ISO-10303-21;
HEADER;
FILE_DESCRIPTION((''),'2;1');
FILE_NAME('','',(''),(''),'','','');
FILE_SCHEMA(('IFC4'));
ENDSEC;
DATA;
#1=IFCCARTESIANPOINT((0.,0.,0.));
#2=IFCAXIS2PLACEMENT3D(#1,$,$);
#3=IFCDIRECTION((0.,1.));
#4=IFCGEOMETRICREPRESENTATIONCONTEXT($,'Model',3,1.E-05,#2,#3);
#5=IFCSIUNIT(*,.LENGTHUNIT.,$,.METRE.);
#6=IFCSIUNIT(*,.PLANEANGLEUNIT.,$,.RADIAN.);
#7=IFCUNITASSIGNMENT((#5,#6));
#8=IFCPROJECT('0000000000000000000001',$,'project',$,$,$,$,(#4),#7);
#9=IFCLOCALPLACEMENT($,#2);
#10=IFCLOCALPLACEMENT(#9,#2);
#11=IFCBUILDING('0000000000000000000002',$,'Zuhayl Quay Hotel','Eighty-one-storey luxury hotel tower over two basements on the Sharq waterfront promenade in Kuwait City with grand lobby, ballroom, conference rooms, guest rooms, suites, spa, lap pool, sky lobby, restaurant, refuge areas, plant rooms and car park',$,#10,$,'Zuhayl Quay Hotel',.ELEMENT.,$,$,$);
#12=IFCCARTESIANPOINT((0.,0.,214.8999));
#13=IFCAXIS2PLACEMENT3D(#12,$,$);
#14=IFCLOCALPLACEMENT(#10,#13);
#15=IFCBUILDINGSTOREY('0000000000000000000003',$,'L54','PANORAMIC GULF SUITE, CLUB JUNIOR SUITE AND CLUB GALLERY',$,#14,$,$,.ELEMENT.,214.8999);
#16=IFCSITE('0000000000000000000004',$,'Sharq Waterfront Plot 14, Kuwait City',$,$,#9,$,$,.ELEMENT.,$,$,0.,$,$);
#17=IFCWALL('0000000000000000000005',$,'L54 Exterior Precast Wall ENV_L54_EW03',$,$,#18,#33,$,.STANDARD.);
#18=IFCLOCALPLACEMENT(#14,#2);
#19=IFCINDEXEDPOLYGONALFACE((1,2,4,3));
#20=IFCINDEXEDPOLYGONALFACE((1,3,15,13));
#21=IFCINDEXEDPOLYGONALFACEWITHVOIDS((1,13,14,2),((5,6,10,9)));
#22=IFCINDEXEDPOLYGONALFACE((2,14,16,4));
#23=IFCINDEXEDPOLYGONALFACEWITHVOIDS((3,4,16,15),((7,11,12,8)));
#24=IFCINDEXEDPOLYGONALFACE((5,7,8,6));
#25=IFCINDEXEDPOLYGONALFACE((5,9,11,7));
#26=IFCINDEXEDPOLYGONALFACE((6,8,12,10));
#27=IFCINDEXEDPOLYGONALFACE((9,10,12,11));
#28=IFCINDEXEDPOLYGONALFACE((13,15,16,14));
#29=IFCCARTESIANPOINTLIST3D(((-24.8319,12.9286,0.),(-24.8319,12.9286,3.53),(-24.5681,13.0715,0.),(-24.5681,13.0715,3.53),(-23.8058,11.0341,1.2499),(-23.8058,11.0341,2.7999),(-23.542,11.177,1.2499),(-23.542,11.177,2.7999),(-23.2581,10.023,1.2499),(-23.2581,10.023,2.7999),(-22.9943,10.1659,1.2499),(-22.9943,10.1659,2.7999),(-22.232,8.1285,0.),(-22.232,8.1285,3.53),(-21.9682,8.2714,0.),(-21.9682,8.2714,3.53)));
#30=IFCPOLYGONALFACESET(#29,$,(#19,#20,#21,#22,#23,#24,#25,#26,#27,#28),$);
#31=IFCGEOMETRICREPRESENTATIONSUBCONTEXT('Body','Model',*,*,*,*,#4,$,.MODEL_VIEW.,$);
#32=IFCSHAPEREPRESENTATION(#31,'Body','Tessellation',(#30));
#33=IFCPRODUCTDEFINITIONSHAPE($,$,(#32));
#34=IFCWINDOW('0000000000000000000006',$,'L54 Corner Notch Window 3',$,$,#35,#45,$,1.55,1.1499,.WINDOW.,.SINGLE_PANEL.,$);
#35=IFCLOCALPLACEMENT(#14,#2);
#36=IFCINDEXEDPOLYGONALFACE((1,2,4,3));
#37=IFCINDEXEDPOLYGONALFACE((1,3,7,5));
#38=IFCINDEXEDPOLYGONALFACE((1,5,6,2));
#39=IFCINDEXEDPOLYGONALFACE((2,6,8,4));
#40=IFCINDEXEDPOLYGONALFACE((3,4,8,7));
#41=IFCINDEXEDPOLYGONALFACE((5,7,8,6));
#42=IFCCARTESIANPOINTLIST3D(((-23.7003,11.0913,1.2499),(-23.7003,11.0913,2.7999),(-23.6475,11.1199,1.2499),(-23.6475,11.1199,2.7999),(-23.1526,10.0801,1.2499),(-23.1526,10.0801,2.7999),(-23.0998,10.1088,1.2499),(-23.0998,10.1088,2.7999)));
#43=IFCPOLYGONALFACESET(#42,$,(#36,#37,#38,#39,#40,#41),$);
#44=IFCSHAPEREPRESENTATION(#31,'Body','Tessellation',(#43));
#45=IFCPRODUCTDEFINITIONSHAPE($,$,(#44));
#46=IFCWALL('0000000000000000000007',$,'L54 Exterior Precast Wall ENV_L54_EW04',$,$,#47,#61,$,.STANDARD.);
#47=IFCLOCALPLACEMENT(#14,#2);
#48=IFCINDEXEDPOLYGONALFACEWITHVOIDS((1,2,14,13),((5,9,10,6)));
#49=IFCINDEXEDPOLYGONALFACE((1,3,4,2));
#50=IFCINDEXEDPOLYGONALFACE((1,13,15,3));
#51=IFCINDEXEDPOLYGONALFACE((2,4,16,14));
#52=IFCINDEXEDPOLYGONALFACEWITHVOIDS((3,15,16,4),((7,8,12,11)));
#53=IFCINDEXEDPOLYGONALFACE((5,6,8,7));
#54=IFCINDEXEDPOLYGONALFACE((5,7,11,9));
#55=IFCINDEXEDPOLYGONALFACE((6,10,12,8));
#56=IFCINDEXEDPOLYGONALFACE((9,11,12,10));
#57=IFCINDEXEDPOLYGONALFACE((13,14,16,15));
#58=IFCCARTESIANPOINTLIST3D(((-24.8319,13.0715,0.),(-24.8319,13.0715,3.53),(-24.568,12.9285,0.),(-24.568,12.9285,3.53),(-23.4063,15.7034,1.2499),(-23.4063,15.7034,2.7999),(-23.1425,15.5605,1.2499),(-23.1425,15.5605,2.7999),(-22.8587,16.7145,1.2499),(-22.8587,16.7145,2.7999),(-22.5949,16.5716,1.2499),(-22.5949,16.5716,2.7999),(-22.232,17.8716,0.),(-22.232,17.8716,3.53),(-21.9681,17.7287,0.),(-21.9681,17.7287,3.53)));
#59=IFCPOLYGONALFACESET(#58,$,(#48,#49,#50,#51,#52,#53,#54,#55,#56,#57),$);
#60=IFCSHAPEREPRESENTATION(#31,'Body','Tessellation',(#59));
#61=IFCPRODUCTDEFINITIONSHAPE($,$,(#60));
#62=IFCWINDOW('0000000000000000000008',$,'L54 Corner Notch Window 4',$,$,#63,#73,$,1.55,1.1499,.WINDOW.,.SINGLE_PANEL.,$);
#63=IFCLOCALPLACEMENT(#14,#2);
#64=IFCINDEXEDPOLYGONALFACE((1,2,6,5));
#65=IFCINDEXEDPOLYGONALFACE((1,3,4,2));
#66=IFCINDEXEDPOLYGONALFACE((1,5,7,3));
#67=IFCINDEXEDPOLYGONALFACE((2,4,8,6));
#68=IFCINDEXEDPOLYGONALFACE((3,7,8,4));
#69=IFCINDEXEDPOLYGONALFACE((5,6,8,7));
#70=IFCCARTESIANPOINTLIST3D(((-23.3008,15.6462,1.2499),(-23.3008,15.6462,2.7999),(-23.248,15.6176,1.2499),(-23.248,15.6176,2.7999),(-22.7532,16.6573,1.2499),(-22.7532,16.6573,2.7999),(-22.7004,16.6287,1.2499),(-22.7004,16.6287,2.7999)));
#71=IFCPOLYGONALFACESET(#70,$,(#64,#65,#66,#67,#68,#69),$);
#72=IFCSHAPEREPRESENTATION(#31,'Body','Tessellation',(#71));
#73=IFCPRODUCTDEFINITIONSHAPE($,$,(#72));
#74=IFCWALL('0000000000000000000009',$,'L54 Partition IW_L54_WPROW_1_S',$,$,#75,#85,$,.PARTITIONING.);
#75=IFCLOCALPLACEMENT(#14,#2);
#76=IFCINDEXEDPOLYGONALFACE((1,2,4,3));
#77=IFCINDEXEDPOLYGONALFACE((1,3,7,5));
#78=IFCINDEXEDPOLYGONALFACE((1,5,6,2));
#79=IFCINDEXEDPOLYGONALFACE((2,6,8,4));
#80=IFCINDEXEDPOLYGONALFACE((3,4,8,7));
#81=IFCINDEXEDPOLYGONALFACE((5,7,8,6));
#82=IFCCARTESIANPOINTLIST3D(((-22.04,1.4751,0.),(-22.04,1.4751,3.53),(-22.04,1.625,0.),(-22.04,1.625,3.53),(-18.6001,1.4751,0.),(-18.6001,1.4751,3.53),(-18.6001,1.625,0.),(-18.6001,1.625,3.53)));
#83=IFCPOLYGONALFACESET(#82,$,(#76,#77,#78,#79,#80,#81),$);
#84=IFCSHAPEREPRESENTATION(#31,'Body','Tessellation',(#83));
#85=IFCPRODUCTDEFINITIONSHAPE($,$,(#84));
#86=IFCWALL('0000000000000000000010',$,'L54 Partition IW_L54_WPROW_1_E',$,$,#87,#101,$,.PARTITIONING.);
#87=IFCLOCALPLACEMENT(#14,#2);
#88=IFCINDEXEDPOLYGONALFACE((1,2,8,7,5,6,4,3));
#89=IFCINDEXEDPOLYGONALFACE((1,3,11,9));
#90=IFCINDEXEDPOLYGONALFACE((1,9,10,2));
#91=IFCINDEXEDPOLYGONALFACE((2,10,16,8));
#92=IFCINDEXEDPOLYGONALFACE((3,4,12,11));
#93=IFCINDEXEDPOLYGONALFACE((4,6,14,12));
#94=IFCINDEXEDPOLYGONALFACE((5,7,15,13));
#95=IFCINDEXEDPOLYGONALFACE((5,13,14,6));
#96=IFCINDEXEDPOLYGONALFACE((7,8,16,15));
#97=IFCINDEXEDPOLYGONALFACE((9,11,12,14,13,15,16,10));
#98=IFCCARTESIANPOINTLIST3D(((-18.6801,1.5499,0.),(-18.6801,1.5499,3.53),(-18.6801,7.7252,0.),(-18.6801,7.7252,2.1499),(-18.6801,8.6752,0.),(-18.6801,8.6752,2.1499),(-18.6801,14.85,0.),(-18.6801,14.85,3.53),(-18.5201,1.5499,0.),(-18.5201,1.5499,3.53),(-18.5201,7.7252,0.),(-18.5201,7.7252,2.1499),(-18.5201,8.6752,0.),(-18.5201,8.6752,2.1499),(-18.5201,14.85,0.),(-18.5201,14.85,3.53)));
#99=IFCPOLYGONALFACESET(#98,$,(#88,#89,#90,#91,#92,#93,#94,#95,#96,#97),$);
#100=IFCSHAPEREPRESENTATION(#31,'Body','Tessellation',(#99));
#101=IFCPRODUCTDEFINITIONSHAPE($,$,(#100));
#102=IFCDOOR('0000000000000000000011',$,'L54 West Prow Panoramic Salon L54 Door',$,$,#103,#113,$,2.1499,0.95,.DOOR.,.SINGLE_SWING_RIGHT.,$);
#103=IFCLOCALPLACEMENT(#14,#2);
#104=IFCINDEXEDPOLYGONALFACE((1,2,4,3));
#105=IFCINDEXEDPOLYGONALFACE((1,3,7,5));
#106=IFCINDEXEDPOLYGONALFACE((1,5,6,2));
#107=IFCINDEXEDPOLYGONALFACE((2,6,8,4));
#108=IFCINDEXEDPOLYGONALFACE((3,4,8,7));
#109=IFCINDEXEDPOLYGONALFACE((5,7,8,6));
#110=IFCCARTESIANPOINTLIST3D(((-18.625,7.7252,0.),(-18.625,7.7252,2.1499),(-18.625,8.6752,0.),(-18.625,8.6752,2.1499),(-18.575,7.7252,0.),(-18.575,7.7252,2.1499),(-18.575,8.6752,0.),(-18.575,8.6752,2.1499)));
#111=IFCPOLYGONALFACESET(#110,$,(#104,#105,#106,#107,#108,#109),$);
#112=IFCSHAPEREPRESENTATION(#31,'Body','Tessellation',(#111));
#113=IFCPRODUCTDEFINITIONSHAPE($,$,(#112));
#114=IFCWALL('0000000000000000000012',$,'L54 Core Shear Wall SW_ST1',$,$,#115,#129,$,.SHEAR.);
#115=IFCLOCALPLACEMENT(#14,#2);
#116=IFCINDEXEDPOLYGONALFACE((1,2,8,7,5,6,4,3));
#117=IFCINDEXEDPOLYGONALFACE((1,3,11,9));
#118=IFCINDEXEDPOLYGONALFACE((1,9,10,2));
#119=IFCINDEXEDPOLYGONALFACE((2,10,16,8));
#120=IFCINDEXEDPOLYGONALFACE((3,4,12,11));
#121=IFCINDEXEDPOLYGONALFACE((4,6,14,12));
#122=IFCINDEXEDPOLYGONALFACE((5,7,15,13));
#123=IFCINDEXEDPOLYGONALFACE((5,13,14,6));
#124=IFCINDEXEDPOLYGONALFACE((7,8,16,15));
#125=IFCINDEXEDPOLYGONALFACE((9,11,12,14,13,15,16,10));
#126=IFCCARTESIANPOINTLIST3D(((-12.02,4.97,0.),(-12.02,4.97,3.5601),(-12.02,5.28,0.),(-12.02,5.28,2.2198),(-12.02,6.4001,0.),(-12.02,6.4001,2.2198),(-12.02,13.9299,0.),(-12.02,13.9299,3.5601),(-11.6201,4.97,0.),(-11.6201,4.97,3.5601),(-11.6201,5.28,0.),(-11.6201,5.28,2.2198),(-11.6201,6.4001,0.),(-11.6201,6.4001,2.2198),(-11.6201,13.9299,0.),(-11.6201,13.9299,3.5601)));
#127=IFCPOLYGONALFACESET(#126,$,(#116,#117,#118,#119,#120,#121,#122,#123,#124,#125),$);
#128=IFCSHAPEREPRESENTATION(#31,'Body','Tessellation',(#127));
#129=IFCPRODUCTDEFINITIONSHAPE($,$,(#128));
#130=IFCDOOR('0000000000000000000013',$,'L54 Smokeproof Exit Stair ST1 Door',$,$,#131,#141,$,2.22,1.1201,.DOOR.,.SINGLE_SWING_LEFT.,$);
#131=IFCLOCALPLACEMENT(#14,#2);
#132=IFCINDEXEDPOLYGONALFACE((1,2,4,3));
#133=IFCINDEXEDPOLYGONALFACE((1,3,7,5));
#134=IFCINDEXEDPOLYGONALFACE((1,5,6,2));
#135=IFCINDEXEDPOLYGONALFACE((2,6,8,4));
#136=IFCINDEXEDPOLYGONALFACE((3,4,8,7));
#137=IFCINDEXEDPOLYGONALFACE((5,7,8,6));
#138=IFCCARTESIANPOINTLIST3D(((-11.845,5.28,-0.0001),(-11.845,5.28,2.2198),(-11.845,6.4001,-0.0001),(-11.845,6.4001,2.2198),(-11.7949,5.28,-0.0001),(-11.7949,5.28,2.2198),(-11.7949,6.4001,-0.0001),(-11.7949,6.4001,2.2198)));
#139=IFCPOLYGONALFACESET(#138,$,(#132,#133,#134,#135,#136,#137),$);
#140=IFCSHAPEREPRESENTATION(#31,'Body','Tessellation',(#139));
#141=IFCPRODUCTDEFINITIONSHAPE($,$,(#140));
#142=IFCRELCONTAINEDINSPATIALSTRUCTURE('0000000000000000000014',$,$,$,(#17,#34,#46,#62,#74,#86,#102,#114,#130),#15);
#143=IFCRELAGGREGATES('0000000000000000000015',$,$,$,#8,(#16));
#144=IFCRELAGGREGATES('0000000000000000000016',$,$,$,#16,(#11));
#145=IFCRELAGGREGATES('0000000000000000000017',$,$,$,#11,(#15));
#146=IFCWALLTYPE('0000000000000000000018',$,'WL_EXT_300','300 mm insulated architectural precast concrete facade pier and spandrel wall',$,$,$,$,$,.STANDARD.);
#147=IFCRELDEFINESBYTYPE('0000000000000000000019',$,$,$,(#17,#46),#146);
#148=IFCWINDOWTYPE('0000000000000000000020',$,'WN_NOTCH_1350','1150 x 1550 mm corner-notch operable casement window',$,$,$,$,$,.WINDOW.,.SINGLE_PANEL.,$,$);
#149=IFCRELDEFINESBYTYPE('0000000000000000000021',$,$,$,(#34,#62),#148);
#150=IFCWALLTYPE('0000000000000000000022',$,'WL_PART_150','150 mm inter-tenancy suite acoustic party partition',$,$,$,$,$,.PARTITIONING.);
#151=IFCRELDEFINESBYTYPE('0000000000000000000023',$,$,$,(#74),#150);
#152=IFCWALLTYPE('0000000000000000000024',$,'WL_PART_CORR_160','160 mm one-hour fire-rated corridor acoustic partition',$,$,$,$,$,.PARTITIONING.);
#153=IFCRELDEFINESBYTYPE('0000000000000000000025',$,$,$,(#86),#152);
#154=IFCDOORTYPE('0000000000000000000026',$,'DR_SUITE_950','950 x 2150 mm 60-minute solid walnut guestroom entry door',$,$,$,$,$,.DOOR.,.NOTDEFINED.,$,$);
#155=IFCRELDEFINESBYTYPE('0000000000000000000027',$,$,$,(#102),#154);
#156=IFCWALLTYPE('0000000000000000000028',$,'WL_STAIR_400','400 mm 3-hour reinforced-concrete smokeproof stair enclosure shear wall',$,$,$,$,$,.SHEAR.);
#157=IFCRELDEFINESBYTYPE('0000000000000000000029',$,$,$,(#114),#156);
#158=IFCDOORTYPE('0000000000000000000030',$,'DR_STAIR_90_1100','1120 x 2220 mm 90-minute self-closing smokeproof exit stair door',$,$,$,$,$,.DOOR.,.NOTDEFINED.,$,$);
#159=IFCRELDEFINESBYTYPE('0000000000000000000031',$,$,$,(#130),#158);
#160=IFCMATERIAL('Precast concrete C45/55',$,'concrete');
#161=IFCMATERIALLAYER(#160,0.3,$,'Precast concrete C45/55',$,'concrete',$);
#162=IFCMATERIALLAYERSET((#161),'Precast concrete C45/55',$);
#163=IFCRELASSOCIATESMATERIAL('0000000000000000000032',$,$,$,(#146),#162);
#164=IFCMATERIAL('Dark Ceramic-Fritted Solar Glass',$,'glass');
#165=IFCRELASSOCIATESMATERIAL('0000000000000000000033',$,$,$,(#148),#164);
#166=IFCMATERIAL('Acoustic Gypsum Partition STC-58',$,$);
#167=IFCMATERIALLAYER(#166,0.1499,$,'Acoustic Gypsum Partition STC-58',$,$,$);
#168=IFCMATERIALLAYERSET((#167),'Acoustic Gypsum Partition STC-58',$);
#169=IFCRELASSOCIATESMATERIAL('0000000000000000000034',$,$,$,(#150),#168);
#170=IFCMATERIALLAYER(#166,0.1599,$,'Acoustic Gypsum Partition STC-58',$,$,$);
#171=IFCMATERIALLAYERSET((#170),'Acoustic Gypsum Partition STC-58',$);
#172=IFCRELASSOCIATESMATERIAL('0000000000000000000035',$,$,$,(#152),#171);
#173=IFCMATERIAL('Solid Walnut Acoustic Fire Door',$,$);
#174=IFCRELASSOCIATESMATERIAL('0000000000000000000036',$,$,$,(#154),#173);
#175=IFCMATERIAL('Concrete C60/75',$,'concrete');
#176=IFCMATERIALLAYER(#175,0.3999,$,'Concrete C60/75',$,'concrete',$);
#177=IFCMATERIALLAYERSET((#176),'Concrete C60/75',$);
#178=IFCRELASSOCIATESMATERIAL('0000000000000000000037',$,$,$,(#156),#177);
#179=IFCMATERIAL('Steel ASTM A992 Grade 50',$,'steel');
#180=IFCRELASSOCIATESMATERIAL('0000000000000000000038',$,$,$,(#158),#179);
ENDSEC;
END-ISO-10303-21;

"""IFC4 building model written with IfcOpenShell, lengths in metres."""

from ifc_helpers import new_model, si_unit, direction, frame, frame_2d, origin, place, context, subcontext, project, spatial, rectangle, extrude, material, layer, layer_set, type_object, element, fill, save


model = new_model("IFC4")

# Units and contexts
model_context = context("Model", 3, precision=1e-05, world=origin(), true_north=direction((0.0, 1.0)))
body_context = subcontext(model_context, "Body", "Model", "MODEL_VIEW")
ifc_project = project(units=[si_unit("LENGTHUNIT", "METRE"), si_unit("PLANEANGLEUNIT", "RADIAN")], contexts=[model_context])

# Site, building, storey
site_placement = place(None, origin())
site = spatial("IfcSite", under=ifc_project, at=site_placement, Name="Sharq Waterfront Plot 14, Kuwait City", CompositionType="ELEMENT", RefElevation=0.0)
building_placement = place(site_placement, origin())
building = spatial("IfcBuilding", under=site, at=building_placement, Name="Zuhayl Quay Hotel", Description="Eighty-one-storey luxury hotel tower over two basements on the Sharq waterfront promenade in Kuwait City with grand lobby, ballroom, conference rooms, guest rooms, suites, spa, lap pool, sky lobby, restaurant, refuge areas, plant rooms and car park", LongName="Zuhayl Quay Hotel", CompositionType="ELEMENT")
storey_placement = place(building_placement, frame((0.0, 0.0, 214.8999)))
storey = spatial("IfcBuildingStorey", under=building, at=storey_placement, Name="L54", Description="PANORAMIC GULF SUITE, CLUB JUNIOR SUITE AND CLUB GALLERY", CompositionType="ELEMENT", Elevation=214.8999)

# Shared definitions
ifc_material_1 = material(Name="Concrete C60/75", Category="concrete")

# Shared definitions
ifc_material_2 = material(Name="Steel ASTM A992 Grade 50", Category="steel")

# Shared definitions
ifc_material_3 = material(Name="Dark Ceramic-Fritted Solar Glass", Category="glass")

# Shared definitions
ifc_material_4 = material(Name="Precast concrete C45/55", Category="concrete")
ifc_layer_1 = layer(ifc_material_4, 0.3, Name="Precast concrete C45/55", Category="concrete")
ifc_layer_set_1 = layer_set([ifc_layer_1], Name="Precast concrete C45/55")
wall_type_1 = type_object("IfcWallType", Name="WL_EXT_300", Description="300 mm insulated architectural precast concrete facade pier and spandrel wall", PredefinedType="STANDARD", material=ifc_layer_set_1)

# Walls, openings, windows
wall_1_placement = place(storey_placement, frame((-22.1001, 8.2, 0.0), z_axis=(0.0, 0.0, 1.0), x_axis=(-0.476259, 0.879305, 0.0)))
wall_1 = element("IfcWall", 1, at=wall_1_placement, inside=storey, type_object=wall_type_1, Name="L54 Exterior Precast Wall ENV_L54_EW03", PredefinedType="STANDARD", context=body_context, shape_type="SweptSolid", body=[
    extrude(rectangle(XDim=5.459, YDim=0.3, at=frame_2d((2.7295, 0.0))), origin(), (0.0, 0.0, 1.0), 3.53),
])
opening_1_placement = place(wall_1_placement, frame((2.1545, 0.0, 1.25)))
opening_1 = element("IfcOpeningElement", 2, at=opening_1_placement, cuts=wall_1, PredefinedType="OPENING", context=body_context, shape_type="SweptSolid", body=[
    extrude(rectangle(XDim=1.1499, YDim=1.55, at=frame_2d((0.575, 0.7749))), frame((0.0, 0.1599, 0.0), z_axis=(0.0, -1.0, 0.0), x_axis=(1.0, 0.0, 0.0)), (0.0, 0.0, 1.0), 0.3201),
])
window_type = type_object("IfcWindowType", Name="WN_NOTCH_1350", Description="1150 x 1550 mm corner-notch operable casement window", PartitioningType="SINGLE_PANEL", PredefinedType="WINDOW", material=ifc_material_3)
window_1_placement = place(opening_1_placement, origin())
window_1 = element("IfcWindow", 3, at=window_1_placement, inside=storey, type_object=window_type, Name="L54 Corner Notch Window 3", OverallHeight=1.55, OverallWidth=1.1499, PartitioningType="SINGLE_PANEL", PredefinedType="WINDOW", context=body_context, shape_type="SweptSolid", body=[
    extrude(rectangle(XDim=1.1499, YDim=1.55, at=frame_2d((0.575, 0.7749))), frame((0.0, 0.03, 0.0), z_axis=(0.0, -1.0, 0.0), x_axis=(1.0, 0.0, 0.0)), (0.0, 0.0, 1.0), 0.0601),
])
fill(opening_1, window_1)
wall_2_placement = place(storey_placement, frame((-24.7, 13.0, 0.0), z_axis=(0.0, 0.0, 1.0), x_axis=(0.476259, 0.879305, 0.0)))
wall_2 = element("IfcWall", 4, at=wall_2_placement, inside=storey, type_object=wall_type_1, Name="L54 Exterior Precast Wall ENV_L54_EW04", PredefinedType="STANDARD", context=body_context, shape_type="SweptSolid", body=[
    extrude(rectangle(XDim=5.459, YDim=0.3, at=frame_2d((2.7295, 0.0))), origin(), (0.0, 0.0, 1.0), 3.53),
])
opening_2_placement = place(wall_2_placement, frame((2.9932, 0.0, 1.25)))
opening_2 = element("IfcOpeningElement", 5, at=opening_2_placement, cuts=wall_2, PredefinedType="OPENING", context=body_context, shape_type="SweptSolid", body=[
    extrude(rectangle(XDim=1.1499, YDim=1.55, at=frame_2d((0.575, 0.7749))), frame((0.0, 0.1599, 0.0), z_axis=(0.0, -1.0, 0.0), x_axis=(1.0, 0.0, 0.0)), (0.0, 0.0, 1.0), 0.3201),
])
window_2_placement = place(opening_2_placement, origin())
window_2 = element("IfcWindow", 6, at=window_2_placement, inside=storey, type_object=window_type, Name="L54 Corner Notch Window 4", OverallHeight=1.55, OverallWidth=1.1499, PartitioningType="SINGLE_PANEL", PredefinedType="WINDOW", context=body_context, shape_type="SweptSolid", body=[
    extrude(rectangle(XDim=1.1499, YDim=1.55, at=frame_2d((0.575, 0.7749))), frame((0.0, 0.03, 0.0), z_axis=(0.0, -1.0, 0.0), x_axis=(1.0, 0.0, 0.0)), (0.0, 0.0, 1.0), 0.0601),
])
fill(opening_2, window_2)

# Wall
ifc_material_5 = material(Name="Acoustic Gypsum Partition STC-58")
ifc_layer_2 = layer(ifc_material_5, 0.1499, Name="Acoustic Gypsum Partition STC-58")
ifc_layer_set_2 = layer_set([ifc_layer_2], Name="Acoustic Gypsum Partition STC-58")
wall_type_2 = type_object("IfcWallType", Name="WL_PART_150", Description="150 mm inter-tenancy suite acoustic party partition", PredefinedType="PARTITIONING", material=ifc_layer_set_2)
wall_3_placement = place(storey_placement, frame((-22.04, 1.55, 0.0), z_axis=(0.0, 0.0, 1.0), x_axis=(1.0, 0.0, 0.0)))
element("IfcWall", 7, at=wall_3_placement, inside=storey, type_object=wall_type_2, Name="L54 Partition IW_L54_WPROW_1_S", PredefinedType="PARTITIONING", context=body_context, shape_type="SweptSolid", body=[
    extrude(rectangle(XDim=3.4399, YDim=0.1499, at=frame_2d((1.72, 0.0))), origin(), (0.0, 0.0, 1.0), 3.53),
])

# Walls, openings, doors
ifc_layer_3 = layer(ifc_material_5, 0.1599, Name="Acoustic Gypsum Partition STC-58")
ifc_layer_set_3 = layer_set([ifc_layer_3], Name="Acoustic Gypsum Partition STC-58")
wall_type_3 = type_object("IfcWallType", Name="WL_PART_CORR_160", Description="160 mm one-hour fire-rated corridor acoustic partition", PredefinedType="PARTITIONING", material=ifc_layer_set_3)
wall_4_placement = place(storey_placement, frame((-18.6001, 1.55, 0.0), z_axis=(0.0, 0.0, 1.0), x_axis=(0.0, 1.0, 0.0)))
wall_4 = element("IfcWall", 8, at=wall_4_placement, inside=storey, type_object=wall_type_3, Name="L54 Partition IW_L54_WPROW_1_E", PredefinedType="PARTITIONING", context=body_context, shape_type="SweptSolid", body=[
    extrude(rectangle(XDim=13.3, YDim=0.1599, at=frame_2d((6.6499, 0.0))), origin(), (0.0, 0.0, 1.0), 3.53),
])
opening_3_placement = place(wall_4_placement, frame((6.175, 0.0, 0.0)))
opening_3 = element("IfcOpeningElement", 9, at=opening_3_placement, cuts=wall_4, PredefinedType="OPENING", context=body_context, shape_type="SweptSolid", body=[
    extrude(rectangle(XDim=0.95, YDim=2.1499, at=frame_2d((0.4751, 1.075))), frame((0.0, 0.0898, 0.0), z_axis=(0.0, -1.0, 0.0), x_axis=(1.0, 0.0, 0.0)), (0.0, 0.0, 1.0), 0.1799),
])
ifc_material_6 = material(Name="Solid Walnut Acoustic Fire Door")
door_type_1 = type_object("IfcDoorType", Name="DR_SUITE_950", Description="950 x 2150 mm 60-minute solid walnut guestroom entry door", OperationType="NOTDEFINED", PredefinedType="DOOR", material=ifc_material_6)
door_1_placement = place(opening_3_placement, origin())
door_1 = element("IfcDoor", 10, at=door_1_placement, inside=storey, type_object=door_type_1, Name="L54 West Prow Panoramic Salon L54 Door", OperationType="SINGLE_SWING_RIGHT", OverallHeight=2.1499, OverallWidth=0.95, PredefinedType="DOOR", context=body_context, shape_type="SweptSolid", body=[
    extrude(rectangle(XDim=0.95, YDim=2.1499, at=frame_2d((0.4751, 1.075))), frame((0.0, 0.0249, 0.0), z_axis=(0.0, -1.0, 0.0), x_axis=(1.0, 0.0, 0.0)), (0.0, 0.0, 1.0), 0.05),
])
fill(opening_3, door_1)
ifc_layer_4 = layer(ifc_material_1, 0.3999, Name="Concrete C60/75", Category="concrete")
ifc_layer_set_4 = layer_set([ifc_layer_4], Name="Concrete C60/75")
wall_type_4 = type_object("IfcWallType", Name="WL_STAIR_400", Description="400 mm 3-hour reinforced-concrete smokeproof stair enclosure shear wall", PredefinedType="SHEAR", material=ifc_layer_set_4)
wall_5_placement = place(storey_placement, frame((-11.8201, 4.97, 0.0), z_axis=(0.0, 0.0, 1.0), x_axis=(0.0, 1.0, 0.0)))
wall_5 = element("IfcWall", 11, at=wall_5_placement, inside=storey, type_object=wall_type_4, Name="L54 Core Shear Wall SW_ST1", PredefinedType="SHEAR", context=body_context, shape_type="SweptSolid", body=[
    extrude(rectangle(XDim=8.96, YDim=0.3999, at=frame_2d((4.48, 0.0))), origin(), (0.0, 0.0, 1.0), 3.5601),
])
opening_4_placement = place(wall_5_placement, frame((0.3101, 0.0, 0.0)))
opening_4 = element("IfcOpeningElement", 12, at=opening_4_placement, cuts=wall_5, PredefinedType="OPENING", context=body_context, shape_type="SweptSolid", body=[
    extrude(rectangle(XDim=1.1201, YDim=2.22, at=frame_2d((0.5601, 1.1099))), frame((0.0, 0.21, 0.0), z_axis=(0.0, -1.0, 0.0), x_axis=(1.0, 0.0, 0.0)), (0.0, 0.0, 1.0), 0.4199),
])
door_type_2 = type_object("IfcDoorType", Name="DR_STAIR_90_1100", Description="1120 x 2220 mm 90-minute self-closing smokeproof exit stair door", OperationType="NOTDEFINED", PredefinedType="DOOR", material=ifc_material_2)
door_2_placement = place(opening_4_placement, origin())
door_2 = element("IfcDoor", 13, at=door_2_placement, inside=storey, type_object=door_type_2, Name="L54 Smokeproof Exit Stair ST1 Door", OperationType="SINGLE_SWING_LEFT", OverallHeight=2.22, OverallWidth=1.1201, PredefinedType="DOOR", context=body_context, shape_type="SweptSolid", body=[
    extrude(rectangle(XDim=1.1201, YDim=2.22, at=frame_2d((0.5601, 1.1099))), frame((0.0, 0.0249, 0.0), z_axis=(0.0, -1.0, 0.0), x_axis=(1.0, 0.0, 0.0)), (0.0, 0.0, 1.0), 0.05),
])
fill(opening_4, door_2)

save(model, "model.ifc")
